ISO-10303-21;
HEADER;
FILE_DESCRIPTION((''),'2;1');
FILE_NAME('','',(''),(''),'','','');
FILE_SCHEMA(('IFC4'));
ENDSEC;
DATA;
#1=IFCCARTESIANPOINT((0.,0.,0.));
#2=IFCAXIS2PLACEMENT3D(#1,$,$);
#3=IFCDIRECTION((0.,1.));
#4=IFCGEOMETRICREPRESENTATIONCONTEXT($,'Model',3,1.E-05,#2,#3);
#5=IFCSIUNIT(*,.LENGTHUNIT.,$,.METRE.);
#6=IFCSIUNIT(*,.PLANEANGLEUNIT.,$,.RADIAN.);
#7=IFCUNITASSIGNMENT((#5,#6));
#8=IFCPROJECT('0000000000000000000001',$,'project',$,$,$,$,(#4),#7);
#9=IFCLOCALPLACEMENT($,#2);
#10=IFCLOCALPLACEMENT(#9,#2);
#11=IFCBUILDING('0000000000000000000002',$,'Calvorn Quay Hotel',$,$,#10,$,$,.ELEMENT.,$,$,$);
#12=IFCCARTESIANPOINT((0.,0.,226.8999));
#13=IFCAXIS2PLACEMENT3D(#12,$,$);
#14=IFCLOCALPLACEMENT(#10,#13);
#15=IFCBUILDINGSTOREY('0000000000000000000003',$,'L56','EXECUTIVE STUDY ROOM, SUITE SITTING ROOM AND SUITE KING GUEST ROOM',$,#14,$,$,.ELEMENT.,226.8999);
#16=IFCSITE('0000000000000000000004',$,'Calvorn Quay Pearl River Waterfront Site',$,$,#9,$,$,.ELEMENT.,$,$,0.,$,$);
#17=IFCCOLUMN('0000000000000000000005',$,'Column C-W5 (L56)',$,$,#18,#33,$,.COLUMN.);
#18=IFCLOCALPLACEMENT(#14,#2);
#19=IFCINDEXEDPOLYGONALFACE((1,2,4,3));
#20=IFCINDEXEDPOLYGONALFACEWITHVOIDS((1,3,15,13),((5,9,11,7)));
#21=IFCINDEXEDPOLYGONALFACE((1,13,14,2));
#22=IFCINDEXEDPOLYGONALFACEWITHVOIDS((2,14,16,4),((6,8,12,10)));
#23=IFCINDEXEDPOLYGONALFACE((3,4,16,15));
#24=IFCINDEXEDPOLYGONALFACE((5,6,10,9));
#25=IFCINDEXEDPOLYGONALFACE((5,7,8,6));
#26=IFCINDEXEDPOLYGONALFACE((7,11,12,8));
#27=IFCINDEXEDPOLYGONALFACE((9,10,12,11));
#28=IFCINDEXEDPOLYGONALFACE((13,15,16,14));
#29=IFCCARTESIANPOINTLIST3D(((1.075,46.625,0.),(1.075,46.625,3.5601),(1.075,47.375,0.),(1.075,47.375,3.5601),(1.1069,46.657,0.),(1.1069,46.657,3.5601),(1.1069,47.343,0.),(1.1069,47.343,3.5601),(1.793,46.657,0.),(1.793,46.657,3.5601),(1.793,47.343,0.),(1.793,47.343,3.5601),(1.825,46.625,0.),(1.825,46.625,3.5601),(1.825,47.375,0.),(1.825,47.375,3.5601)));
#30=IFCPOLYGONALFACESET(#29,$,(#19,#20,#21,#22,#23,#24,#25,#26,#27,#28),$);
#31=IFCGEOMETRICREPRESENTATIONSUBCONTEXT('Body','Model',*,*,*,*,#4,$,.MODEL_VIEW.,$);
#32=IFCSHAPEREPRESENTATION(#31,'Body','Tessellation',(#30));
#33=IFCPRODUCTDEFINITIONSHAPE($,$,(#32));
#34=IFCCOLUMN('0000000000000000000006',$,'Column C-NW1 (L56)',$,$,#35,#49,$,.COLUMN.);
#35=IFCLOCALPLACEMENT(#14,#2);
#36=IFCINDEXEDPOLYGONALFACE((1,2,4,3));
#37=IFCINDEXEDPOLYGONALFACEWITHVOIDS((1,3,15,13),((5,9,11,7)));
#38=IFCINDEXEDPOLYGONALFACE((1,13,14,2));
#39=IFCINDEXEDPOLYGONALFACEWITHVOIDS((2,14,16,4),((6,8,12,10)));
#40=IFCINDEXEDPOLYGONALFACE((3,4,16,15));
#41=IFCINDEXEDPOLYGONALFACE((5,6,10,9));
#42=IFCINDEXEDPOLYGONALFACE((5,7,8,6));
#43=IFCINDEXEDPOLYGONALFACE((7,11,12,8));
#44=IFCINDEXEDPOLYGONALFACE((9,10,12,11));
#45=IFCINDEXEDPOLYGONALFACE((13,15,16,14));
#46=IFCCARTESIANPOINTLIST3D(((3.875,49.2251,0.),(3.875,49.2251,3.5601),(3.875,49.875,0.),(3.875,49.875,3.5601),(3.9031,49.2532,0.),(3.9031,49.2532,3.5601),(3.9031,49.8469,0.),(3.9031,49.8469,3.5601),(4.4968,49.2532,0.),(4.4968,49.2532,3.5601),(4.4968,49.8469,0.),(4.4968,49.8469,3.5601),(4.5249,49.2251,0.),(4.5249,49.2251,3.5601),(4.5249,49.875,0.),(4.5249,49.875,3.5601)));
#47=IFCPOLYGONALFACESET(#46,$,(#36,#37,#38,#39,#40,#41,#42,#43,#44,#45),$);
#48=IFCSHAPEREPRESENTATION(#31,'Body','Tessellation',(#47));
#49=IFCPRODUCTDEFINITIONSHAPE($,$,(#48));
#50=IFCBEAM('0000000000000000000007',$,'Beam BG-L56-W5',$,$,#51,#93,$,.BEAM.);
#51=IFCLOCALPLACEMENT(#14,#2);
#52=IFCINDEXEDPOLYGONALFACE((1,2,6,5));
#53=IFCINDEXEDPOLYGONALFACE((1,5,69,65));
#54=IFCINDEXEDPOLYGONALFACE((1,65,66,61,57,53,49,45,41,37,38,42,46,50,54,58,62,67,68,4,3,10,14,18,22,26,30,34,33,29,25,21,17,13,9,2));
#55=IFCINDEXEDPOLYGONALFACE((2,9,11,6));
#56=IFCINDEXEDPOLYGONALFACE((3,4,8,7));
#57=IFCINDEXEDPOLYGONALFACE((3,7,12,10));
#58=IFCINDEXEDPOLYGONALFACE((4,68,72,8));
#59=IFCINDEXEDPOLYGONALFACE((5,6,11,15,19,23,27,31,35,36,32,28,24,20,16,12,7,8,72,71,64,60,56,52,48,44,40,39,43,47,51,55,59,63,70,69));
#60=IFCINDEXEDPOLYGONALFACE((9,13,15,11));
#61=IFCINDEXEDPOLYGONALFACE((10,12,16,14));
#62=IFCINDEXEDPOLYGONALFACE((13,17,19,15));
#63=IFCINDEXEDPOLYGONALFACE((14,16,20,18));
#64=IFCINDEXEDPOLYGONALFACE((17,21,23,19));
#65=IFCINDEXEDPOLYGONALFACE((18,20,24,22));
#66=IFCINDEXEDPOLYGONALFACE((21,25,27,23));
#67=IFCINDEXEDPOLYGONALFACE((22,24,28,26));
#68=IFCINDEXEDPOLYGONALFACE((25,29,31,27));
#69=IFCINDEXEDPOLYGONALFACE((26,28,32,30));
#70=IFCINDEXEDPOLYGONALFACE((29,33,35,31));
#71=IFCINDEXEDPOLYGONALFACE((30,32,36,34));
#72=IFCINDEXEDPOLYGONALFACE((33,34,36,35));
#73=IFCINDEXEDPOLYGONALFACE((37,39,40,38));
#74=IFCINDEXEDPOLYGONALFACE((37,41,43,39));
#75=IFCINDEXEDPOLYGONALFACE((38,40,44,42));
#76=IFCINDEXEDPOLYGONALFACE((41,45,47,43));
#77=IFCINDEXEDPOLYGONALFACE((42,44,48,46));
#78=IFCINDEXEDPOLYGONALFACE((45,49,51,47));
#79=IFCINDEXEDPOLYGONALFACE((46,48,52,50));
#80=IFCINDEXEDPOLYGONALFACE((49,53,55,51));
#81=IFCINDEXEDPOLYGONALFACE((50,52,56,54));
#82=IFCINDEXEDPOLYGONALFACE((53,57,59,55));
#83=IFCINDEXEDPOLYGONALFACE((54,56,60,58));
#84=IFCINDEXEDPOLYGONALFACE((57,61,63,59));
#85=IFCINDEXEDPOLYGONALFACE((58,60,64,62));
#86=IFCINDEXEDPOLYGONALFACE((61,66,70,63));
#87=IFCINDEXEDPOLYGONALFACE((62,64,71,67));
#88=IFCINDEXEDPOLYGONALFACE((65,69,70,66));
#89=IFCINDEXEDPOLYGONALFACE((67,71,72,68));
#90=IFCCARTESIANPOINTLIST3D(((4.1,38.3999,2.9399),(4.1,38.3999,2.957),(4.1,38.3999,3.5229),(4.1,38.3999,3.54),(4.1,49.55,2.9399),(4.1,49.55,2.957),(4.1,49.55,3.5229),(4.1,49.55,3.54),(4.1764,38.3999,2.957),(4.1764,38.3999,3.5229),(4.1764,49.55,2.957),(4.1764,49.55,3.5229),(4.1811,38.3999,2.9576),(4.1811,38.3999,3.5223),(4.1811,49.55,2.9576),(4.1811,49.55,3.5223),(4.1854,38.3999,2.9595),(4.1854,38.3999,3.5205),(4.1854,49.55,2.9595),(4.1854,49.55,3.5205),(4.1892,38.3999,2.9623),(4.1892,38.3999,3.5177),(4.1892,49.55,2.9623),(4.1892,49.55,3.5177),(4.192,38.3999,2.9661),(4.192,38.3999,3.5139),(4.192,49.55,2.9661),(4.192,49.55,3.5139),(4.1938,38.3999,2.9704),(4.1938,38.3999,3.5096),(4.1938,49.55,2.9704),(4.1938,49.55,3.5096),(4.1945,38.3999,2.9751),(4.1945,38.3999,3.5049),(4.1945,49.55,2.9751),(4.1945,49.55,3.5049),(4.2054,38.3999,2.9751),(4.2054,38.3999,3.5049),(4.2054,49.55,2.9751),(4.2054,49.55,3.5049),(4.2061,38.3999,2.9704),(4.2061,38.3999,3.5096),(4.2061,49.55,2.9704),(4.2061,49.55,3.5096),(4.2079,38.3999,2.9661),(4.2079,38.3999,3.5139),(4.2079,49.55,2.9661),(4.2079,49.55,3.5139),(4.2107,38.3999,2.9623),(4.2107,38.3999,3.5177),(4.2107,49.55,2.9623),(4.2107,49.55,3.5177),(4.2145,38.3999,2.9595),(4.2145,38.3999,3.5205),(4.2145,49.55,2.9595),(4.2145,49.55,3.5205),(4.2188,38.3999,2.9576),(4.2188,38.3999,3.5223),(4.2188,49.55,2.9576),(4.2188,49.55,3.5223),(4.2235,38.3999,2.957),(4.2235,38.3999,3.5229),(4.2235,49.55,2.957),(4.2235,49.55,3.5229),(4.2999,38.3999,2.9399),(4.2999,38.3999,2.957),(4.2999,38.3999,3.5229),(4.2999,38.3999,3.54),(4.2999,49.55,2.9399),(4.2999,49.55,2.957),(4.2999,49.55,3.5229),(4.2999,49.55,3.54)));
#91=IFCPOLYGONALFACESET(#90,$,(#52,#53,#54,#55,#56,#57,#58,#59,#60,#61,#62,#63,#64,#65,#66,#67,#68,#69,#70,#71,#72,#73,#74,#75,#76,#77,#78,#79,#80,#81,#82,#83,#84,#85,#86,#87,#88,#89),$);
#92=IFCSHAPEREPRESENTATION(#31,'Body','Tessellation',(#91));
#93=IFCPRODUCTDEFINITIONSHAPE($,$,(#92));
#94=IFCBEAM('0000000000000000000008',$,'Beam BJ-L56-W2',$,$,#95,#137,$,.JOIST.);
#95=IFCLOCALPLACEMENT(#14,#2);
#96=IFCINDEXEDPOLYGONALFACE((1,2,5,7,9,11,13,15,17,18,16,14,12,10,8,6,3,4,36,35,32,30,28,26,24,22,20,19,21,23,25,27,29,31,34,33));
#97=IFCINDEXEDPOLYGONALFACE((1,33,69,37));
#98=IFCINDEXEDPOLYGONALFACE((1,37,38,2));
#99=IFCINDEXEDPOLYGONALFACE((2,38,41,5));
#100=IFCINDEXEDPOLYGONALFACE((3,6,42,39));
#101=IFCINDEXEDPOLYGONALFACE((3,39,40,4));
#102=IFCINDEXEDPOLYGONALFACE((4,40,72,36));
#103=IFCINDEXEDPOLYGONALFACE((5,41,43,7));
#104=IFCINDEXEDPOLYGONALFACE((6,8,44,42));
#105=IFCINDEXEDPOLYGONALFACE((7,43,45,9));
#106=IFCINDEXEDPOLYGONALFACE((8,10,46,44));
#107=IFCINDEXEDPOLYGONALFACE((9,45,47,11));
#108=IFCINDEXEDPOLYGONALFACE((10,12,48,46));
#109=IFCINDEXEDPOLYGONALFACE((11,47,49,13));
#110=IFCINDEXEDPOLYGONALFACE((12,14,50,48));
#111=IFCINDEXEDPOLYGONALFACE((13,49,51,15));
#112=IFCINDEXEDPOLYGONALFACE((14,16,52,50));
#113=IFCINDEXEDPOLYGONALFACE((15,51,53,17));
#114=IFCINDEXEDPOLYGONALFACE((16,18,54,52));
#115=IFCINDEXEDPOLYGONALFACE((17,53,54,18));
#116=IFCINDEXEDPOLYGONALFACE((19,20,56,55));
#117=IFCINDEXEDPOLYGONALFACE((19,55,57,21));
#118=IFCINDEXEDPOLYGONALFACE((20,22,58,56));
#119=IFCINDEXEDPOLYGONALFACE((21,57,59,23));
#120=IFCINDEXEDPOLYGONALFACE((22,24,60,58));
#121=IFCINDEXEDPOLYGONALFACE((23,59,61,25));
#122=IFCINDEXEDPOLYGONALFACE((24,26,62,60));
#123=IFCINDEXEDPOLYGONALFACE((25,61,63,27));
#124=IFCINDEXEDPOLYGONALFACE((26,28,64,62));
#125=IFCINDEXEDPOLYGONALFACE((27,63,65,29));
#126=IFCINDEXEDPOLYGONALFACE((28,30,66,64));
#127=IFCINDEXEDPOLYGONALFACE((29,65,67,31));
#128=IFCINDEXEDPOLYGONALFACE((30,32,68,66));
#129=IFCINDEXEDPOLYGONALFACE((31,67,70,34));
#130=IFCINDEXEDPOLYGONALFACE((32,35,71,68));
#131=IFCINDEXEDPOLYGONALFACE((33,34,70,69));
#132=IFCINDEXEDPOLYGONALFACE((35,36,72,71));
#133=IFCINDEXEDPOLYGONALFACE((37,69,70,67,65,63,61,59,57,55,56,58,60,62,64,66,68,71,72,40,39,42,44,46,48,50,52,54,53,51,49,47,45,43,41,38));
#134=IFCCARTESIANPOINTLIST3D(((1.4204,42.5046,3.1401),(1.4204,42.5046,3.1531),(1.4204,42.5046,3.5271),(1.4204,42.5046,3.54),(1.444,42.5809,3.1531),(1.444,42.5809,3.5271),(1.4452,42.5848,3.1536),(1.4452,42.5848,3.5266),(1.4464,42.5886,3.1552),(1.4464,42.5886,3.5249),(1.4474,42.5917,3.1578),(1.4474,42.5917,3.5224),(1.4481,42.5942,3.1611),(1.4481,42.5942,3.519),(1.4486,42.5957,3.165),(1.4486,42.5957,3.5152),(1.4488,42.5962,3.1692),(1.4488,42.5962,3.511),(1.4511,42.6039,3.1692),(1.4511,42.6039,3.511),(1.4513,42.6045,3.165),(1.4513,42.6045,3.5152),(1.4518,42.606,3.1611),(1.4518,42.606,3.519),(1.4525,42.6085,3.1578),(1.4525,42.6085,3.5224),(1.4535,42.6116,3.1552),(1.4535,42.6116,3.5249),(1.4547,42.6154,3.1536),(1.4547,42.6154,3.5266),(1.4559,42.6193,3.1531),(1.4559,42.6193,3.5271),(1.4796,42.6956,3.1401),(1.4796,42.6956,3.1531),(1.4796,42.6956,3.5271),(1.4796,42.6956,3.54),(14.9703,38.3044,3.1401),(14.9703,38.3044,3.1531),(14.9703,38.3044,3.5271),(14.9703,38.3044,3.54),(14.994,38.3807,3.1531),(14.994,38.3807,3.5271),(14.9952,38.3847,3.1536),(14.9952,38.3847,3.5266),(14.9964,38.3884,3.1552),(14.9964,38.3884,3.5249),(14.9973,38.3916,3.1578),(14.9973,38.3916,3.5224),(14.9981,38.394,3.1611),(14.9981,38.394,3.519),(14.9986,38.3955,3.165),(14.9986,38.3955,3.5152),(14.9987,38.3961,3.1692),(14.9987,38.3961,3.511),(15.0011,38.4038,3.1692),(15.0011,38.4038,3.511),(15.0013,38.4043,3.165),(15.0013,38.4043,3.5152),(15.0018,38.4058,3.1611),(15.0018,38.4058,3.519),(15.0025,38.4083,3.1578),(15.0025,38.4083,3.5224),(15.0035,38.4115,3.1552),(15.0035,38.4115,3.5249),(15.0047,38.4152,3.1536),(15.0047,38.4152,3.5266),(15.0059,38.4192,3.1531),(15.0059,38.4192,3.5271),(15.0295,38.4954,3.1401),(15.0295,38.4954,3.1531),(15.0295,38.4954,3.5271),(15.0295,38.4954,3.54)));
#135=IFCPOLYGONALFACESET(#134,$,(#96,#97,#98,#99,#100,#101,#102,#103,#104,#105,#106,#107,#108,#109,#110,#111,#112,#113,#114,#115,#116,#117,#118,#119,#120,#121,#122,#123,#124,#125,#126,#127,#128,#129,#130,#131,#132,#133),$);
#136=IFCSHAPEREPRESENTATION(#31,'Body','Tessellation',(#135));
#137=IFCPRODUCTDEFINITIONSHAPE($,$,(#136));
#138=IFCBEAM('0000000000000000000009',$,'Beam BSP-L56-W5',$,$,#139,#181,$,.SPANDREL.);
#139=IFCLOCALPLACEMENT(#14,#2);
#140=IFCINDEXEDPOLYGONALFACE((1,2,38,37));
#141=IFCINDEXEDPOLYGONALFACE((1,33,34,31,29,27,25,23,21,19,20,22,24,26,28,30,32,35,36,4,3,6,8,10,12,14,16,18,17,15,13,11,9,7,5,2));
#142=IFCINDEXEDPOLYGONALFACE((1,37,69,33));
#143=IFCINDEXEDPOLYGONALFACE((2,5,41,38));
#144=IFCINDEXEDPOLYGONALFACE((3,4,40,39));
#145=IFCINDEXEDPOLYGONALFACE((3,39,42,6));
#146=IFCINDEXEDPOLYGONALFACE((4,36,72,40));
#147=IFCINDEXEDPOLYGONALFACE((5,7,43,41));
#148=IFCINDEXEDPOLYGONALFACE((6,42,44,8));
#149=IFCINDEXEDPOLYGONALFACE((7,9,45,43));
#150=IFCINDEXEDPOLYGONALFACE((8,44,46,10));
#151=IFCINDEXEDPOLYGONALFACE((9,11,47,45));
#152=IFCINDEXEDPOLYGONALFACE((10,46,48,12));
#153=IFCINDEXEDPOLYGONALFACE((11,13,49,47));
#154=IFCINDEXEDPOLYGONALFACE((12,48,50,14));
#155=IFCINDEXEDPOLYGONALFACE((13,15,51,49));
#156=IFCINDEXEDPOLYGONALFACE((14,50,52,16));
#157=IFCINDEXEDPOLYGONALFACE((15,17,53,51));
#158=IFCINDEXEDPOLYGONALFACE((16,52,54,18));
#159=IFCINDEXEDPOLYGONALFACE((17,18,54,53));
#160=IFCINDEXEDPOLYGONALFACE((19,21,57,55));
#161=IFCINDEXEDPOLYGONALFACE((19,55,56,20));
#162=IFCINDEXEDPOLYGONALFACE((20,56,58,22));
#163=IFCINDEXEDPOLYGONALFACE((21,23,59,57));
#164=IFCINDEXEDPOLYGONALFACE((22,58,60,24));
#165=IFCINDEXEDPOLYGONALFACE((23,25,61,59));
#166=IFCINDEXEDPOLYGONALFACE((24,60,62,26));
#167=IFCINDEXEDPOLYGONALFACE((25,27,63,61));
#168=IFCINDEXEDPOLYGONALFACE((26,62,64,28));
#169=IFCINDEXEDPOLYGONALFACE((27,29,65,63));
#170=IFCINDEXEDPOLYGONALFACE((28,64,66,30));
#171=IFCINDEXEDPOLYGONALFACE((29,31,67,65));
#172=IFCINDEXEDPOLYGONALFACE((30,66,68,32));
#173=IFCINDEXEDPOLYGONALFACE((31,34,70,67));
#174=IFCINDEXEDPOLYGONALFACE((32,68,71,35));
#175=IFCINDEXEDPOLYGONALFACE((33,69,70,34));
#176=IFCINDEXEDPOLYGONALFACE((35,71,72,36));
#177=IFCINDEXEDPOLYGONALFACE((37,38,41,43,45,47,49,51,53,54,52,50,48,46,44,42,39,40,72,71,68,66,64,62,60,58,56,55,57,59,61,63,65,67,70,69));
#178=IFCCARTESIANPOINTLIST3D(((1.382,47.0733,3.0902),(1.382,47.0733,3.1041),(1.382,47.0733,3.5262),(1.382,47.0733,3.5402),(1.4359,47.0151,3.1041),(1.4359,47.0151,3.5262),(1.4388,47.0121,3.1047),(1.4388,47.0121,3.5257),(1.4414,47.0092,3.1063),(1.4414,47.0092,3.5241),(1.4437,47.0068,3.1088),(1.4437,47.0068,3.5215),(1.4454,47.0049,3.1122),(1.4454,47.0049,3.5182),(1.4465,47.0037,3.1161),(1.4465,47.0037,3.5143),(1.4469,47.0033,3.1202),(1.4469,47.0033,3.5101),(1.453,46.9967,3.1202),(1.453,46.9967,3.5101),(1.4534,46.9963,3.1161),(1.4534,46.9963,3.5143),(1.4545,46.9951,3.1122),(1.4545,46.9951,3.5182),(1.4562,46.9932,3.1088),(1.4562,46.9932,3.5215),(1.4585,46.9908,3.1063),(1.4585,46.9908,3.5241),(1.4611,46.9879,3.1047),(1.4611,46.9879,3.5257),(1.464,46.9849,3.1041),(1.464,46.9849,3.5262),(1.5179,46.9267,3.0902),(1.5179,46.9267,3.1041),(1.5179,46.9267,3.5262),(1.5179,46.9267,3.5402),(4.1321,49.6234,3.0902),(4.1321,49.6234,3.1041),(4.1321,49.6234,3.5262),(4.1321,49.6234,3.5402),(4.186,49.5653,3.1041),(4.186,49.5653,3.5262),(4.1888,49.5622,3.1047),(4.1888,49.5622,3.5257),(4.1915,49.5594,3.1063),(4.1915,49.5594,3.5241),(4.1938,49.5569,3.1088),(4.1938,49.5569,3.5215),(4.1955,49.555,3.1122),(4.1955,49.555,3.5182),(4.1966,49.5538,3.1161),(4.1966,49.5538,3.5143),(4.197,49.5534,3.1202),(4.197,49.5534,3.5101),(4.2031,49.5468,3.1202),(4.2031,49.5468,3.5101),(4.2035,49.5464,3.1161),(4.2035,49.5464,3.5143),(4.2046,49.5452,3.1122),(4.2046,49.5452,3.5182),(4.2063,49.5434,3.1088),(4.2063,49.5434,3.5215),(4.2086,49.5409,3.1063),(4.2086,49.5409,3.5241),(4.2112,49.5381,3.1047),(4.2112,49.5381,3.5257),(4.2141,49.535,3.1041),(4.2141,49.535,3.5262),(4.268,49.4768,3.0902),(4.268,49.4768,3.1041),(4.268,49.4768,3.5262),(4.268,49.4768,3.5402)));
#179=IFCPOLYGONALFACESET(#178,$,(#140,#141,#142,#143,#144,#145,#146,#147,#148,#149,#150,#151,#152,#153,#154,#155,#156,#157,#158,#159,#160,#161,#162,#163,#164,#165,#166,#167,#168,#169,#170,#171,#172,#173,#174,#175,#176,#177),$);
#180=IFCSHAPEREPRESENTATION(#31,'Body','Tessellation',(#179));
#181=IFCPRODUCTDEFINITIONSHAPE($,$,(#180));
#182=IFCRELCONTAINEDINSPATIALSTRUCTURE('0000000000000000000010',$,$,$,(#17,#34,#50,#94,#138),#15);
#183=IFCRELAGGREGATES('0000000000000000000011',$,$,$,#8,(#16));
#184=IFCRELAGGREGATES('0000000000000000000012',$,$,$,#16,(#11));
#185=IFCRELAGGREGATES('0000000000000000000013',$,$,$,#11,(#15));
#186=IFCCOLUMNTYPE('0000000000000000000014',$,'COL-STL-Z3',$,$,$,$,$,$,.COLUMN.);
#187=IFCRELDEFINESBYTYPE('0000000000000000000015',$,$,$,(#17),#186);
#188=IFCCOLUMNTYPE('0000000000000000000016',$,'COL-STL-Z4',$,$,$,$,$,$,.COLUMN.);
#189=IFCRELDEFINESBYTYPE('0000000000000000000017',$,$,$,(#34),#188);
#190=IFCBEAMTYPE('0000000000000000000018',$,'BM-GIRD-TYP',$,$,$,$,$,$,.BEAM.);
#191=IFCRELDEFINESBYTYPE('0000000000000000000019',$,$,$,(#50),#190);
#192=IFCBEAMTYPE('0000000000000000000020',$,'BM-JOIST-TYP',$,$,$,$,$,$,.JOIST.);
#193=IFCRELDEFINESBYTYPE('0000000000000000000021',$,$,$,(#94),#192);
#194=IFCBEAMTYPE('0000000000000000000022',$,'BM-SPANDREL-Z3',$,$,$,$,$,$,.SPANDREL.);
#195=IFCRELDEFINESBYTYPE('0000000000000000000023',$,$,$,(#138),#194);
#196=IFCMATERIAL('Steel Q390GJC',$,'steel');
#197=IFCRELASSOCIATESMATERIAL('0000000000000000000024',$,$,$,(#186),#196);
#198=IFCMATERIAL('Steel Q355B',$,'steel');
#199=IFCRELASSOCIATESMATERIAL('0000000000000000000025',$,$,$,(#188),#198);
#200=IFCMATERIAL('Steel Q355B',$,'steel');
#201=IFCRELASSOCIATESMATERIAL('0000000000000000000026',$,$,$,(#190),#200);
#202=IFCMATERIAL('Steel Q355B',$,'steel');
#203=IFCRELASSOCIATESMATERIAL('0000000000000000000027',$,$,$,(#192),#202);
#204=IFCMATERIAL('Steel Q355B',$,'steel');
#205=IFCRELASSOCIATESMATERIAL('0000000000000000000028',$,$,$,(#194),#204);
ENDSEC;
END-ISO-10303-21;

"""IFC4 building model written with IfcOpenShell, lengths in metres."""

from ifc_helpers import new_model, si_unit, direction, frame, origin, origin_2d, place, context, subcontext, project, spatial, hollow_rectangle, i_section, extrude, material, material_profile, profile_set, type_object, element, save


model = new_model("IFC4")

# Units and contexts
model_context = context("Model", 3, precision=1e-05, world=origin(), true_north=direction((0.0, 1.0)))
body_context = subcontext(model_context, "Body", "Model", "MODEL_VIEW")
ifc_project = project(units=[si_unit("LENGTHUNIT", "METRE"), si_unit("PLANEANGLEUNIT", "RADIAN")], contexts=[model_context])

# Site, building, storey
site_placement = place(None, origin())
site = spatial("IfcSite", under=ifc_project, at=site_placement, Name="Calvorn Quay Pearl River Waterfront Site", CompositionType="ELEMENT", RefElevation=0.0)
building_placement = place(site_placement, origin())
building = spatial("IfcBuilding", under=site, at=building_placement, Name="Calvorn Quay Hotel", CompositionType="ELEMENT")
storey_placement = place(building_placement, frame((0.0, 0.0, 226.8999)))
storey = spatial("IfcBuildingStorey", under=building, at=storey_placement, Name="L56", Description="EXECUTIVE STUDY ROOM, SUITE SITTING ROOM AND SUITE KING GUEST ROOM", CompositionType="ELEMENT", Elevation=226.8999)

# Columns
ifc_material_1 = material(Name="Steel Q390GJC", Category="steel")
ifc_material_profile_1 = material_profile(ifc_material_1, hollow_rectangle(XDim=0.75, YDim=0.75, WallThickness=0.032, at=origin_2d()), Name="BOX750x750x32")
ifc_profile_set_1 = profile_set([ifc_material_profile_1], Name="Steel Q390GJC")
column_type_1 = type_object("IfcColumnType", Name="COL-STL-Z3", PredefinedType="COLUMN", material=ifc_profile_set_1)
column_1_placement = place(storey_placement, frame((1.45, 47.0, 0.0), z_axis=(0.0, 0.0, 1.0), x_axis=(1.0, 0.0, 0.0)))
element("IfcColumn", 1, at=column_1_placement, inside=storey, type_object=column_type_1, Name="Column C-W5 (L56)", PredefinedType="COLUMN", context=body_context, shape_type="SweptSolid", body=[
    extrude(hollow_rectangle(XDim=0.75, YDim=0.75, WallThickness=0.032, at=origin_2d()), origin(), (0.0, 0.0, 1.0), 3.5601),
])
ifc_material_2 = material(Name="Steel Q355B", Category="steel")
ifc_material_profile_2 = material_profile(ifc_material_2, hollow_rectangle(XDim=0.6499, YDim=0.6499, WallThickness=0.0281, at=origin_2d()), Name="BOX650x650x28")
ifc_profile_set_2 = profile_set([ifc_material_profile_2], Name="Steel Q355B")
column_type_2 = type_object("IfcColumnType", Name="COL-STL-Z4", PredefinedType="COLUMN", material=ifc_profile_set_2)
column_2_placement = place(storey_placement, frame((4.2, 49.55, 0.0), z_axis=(0.0, 0.0, 1.0), x_axis=(1.0, 0.0, 0.0)))
element("IfcColumn", 2, at=column_2_placement, inside=storey, type_object=column_type_2, Name="Column C-NW1 (L56)", PredefinedType="COLUMN", context=body_context, shape_type="SweptSolid", body=[
    extrude(hollow_rectangle(XDim=0.6499, YDim=0.6499, WallThickness=0.0281, at=origin_2d()), origin(), (0.0, 0.0, 1.0), 3.5601),
])

# Beams
ifc_material_3 = material(Name="Steel Q355B", Category="steel")
ifc_material_profile_3 = material_profile(ifc_material_3, i_section(OverallWidth=0.2, OverallDepth=0.6001, WebThickness=0.011, FlangeThickness=0.0171, FilletRadius=0.0181, at=origin_2d()), Name="HN600x200x11x17")
ifc_profile_set_3 = profile_set([ifc_material_profile_3], Name="Steel Q355B")
beam_type_1 = type_object("IfcBeamType", Name="BM-GIRD-TYP", PredefinedType="BEAM", material=ifc_profile_set_3)
beam_1_placement = place(storey_placement, frame((4.2, 49.55, 3.24), z_axis=(0.0, -1.0, 0.0), x_axis=(1.0, 0.0, 0.0)))
element("IfcBeam", 3, at=beam_1_placement, inside=storey, type_object=beam_type_1, Name="Beam BG-L56-W5", PredefinedType="BEAM", context=body_context, shape_type="SweptSolid", body=[
    extrude(i_section(OverallWidth=0.2, OverallDepth=0.6001, WebThickness=0.011, FlangeThickness=0.0171, FilletRadius=0.0181, at=origin_2d()), origin(), (0.0, 0.0, 1.0), 11.1501),
])
ifc_material_4 = material(Name="Steel Q355B", Category="steel")
ifc_material_profile_4 = material_profile(ifc_material_4, i_section(OverallWidth=0.2, OverallDepth=0.3999, WebThickness=0.0081, FlangeThickness=0.0129, FilletRadius=0.0161, at=origin_2d()), Name="HN400x200x8x13")
ifc_profile_set_4 = profile_set([ifc_material_profile_4], Name="Steel Q355B")
beam_type_2 = type_object("IfcBeamType", Name="BM-JOIST-TYP", PredefinedType="JOIST", material=ifc_profile_set_4)
beam_2_placement = place(storey_placement, frame((1.45, 42.6001, 3.3401), z_axis=(0.955164, -0.296078, 0.0), x_axis=(0.296078, 0.955164, 0.0)))
element("IfcBeam", 4, at=beam_2_placement, inside=storey, type_object=beam_type_2, Name="Beam BJ-L56-W2", PredefinedType="JOIST", context=body_context, shape_type="SweptSolid", body=[
    extrude(i_section(OverallWidth=0.2, OverallDepth=0.3999, WebThickness=0.0081, FlangeThickness=0.0129, FilletRadius=0.0161, at=origin_2d()), origin(), (0.0, 0.0, 1.0), 14.186),
])
ifc_material_5 = material(Name="Steel Q355B", Category="steel")
ifc_material_profile_5 = material_profile(ifc_material_5, i_section(OverallWidth=0.2, OverallDepth=0.45, WebThickness=0.009, FlangeThickness=0.0139, FilletRadius=0.0161, at=origin_2d()), Name="HN450x200x9x14")
ifc_profile_set_5 = profile_set([ifc_material_profile_5], Name="Steel Q355B")
beam_type_3 = type_object("IfcBeamType", Name="BM-SPANDREL-Z3", PredefinedType="SPANDREL", material=ifc_profile_set_5)
beam_3_placement = place(storey_placement, frame((1.45, 47.0, 3.3152), z_axis=(0.733262, 0.679947, 0.0), x_axis=(-0.679947, 0.733262, 0.0)))
element("IfcBeam", 5, at=beam_3_placement, inside=storey, type_object=beam_type_3, Name="Beam BSP-L56-W5", PredefinedType="SPANDREL", context=body_context, shape_type="SweptSolid", body=[
    extrude(i_section(OverallWidth=0.2, OverallDepth=0.45, WebThickness=0.009, FlangeThickness=0.0139, FilletRadius=0.0161, at=origin_2d()), origin(), (0.0, 0.0, 1.0), 3.7505),
])

save(model, "model.ifc")
